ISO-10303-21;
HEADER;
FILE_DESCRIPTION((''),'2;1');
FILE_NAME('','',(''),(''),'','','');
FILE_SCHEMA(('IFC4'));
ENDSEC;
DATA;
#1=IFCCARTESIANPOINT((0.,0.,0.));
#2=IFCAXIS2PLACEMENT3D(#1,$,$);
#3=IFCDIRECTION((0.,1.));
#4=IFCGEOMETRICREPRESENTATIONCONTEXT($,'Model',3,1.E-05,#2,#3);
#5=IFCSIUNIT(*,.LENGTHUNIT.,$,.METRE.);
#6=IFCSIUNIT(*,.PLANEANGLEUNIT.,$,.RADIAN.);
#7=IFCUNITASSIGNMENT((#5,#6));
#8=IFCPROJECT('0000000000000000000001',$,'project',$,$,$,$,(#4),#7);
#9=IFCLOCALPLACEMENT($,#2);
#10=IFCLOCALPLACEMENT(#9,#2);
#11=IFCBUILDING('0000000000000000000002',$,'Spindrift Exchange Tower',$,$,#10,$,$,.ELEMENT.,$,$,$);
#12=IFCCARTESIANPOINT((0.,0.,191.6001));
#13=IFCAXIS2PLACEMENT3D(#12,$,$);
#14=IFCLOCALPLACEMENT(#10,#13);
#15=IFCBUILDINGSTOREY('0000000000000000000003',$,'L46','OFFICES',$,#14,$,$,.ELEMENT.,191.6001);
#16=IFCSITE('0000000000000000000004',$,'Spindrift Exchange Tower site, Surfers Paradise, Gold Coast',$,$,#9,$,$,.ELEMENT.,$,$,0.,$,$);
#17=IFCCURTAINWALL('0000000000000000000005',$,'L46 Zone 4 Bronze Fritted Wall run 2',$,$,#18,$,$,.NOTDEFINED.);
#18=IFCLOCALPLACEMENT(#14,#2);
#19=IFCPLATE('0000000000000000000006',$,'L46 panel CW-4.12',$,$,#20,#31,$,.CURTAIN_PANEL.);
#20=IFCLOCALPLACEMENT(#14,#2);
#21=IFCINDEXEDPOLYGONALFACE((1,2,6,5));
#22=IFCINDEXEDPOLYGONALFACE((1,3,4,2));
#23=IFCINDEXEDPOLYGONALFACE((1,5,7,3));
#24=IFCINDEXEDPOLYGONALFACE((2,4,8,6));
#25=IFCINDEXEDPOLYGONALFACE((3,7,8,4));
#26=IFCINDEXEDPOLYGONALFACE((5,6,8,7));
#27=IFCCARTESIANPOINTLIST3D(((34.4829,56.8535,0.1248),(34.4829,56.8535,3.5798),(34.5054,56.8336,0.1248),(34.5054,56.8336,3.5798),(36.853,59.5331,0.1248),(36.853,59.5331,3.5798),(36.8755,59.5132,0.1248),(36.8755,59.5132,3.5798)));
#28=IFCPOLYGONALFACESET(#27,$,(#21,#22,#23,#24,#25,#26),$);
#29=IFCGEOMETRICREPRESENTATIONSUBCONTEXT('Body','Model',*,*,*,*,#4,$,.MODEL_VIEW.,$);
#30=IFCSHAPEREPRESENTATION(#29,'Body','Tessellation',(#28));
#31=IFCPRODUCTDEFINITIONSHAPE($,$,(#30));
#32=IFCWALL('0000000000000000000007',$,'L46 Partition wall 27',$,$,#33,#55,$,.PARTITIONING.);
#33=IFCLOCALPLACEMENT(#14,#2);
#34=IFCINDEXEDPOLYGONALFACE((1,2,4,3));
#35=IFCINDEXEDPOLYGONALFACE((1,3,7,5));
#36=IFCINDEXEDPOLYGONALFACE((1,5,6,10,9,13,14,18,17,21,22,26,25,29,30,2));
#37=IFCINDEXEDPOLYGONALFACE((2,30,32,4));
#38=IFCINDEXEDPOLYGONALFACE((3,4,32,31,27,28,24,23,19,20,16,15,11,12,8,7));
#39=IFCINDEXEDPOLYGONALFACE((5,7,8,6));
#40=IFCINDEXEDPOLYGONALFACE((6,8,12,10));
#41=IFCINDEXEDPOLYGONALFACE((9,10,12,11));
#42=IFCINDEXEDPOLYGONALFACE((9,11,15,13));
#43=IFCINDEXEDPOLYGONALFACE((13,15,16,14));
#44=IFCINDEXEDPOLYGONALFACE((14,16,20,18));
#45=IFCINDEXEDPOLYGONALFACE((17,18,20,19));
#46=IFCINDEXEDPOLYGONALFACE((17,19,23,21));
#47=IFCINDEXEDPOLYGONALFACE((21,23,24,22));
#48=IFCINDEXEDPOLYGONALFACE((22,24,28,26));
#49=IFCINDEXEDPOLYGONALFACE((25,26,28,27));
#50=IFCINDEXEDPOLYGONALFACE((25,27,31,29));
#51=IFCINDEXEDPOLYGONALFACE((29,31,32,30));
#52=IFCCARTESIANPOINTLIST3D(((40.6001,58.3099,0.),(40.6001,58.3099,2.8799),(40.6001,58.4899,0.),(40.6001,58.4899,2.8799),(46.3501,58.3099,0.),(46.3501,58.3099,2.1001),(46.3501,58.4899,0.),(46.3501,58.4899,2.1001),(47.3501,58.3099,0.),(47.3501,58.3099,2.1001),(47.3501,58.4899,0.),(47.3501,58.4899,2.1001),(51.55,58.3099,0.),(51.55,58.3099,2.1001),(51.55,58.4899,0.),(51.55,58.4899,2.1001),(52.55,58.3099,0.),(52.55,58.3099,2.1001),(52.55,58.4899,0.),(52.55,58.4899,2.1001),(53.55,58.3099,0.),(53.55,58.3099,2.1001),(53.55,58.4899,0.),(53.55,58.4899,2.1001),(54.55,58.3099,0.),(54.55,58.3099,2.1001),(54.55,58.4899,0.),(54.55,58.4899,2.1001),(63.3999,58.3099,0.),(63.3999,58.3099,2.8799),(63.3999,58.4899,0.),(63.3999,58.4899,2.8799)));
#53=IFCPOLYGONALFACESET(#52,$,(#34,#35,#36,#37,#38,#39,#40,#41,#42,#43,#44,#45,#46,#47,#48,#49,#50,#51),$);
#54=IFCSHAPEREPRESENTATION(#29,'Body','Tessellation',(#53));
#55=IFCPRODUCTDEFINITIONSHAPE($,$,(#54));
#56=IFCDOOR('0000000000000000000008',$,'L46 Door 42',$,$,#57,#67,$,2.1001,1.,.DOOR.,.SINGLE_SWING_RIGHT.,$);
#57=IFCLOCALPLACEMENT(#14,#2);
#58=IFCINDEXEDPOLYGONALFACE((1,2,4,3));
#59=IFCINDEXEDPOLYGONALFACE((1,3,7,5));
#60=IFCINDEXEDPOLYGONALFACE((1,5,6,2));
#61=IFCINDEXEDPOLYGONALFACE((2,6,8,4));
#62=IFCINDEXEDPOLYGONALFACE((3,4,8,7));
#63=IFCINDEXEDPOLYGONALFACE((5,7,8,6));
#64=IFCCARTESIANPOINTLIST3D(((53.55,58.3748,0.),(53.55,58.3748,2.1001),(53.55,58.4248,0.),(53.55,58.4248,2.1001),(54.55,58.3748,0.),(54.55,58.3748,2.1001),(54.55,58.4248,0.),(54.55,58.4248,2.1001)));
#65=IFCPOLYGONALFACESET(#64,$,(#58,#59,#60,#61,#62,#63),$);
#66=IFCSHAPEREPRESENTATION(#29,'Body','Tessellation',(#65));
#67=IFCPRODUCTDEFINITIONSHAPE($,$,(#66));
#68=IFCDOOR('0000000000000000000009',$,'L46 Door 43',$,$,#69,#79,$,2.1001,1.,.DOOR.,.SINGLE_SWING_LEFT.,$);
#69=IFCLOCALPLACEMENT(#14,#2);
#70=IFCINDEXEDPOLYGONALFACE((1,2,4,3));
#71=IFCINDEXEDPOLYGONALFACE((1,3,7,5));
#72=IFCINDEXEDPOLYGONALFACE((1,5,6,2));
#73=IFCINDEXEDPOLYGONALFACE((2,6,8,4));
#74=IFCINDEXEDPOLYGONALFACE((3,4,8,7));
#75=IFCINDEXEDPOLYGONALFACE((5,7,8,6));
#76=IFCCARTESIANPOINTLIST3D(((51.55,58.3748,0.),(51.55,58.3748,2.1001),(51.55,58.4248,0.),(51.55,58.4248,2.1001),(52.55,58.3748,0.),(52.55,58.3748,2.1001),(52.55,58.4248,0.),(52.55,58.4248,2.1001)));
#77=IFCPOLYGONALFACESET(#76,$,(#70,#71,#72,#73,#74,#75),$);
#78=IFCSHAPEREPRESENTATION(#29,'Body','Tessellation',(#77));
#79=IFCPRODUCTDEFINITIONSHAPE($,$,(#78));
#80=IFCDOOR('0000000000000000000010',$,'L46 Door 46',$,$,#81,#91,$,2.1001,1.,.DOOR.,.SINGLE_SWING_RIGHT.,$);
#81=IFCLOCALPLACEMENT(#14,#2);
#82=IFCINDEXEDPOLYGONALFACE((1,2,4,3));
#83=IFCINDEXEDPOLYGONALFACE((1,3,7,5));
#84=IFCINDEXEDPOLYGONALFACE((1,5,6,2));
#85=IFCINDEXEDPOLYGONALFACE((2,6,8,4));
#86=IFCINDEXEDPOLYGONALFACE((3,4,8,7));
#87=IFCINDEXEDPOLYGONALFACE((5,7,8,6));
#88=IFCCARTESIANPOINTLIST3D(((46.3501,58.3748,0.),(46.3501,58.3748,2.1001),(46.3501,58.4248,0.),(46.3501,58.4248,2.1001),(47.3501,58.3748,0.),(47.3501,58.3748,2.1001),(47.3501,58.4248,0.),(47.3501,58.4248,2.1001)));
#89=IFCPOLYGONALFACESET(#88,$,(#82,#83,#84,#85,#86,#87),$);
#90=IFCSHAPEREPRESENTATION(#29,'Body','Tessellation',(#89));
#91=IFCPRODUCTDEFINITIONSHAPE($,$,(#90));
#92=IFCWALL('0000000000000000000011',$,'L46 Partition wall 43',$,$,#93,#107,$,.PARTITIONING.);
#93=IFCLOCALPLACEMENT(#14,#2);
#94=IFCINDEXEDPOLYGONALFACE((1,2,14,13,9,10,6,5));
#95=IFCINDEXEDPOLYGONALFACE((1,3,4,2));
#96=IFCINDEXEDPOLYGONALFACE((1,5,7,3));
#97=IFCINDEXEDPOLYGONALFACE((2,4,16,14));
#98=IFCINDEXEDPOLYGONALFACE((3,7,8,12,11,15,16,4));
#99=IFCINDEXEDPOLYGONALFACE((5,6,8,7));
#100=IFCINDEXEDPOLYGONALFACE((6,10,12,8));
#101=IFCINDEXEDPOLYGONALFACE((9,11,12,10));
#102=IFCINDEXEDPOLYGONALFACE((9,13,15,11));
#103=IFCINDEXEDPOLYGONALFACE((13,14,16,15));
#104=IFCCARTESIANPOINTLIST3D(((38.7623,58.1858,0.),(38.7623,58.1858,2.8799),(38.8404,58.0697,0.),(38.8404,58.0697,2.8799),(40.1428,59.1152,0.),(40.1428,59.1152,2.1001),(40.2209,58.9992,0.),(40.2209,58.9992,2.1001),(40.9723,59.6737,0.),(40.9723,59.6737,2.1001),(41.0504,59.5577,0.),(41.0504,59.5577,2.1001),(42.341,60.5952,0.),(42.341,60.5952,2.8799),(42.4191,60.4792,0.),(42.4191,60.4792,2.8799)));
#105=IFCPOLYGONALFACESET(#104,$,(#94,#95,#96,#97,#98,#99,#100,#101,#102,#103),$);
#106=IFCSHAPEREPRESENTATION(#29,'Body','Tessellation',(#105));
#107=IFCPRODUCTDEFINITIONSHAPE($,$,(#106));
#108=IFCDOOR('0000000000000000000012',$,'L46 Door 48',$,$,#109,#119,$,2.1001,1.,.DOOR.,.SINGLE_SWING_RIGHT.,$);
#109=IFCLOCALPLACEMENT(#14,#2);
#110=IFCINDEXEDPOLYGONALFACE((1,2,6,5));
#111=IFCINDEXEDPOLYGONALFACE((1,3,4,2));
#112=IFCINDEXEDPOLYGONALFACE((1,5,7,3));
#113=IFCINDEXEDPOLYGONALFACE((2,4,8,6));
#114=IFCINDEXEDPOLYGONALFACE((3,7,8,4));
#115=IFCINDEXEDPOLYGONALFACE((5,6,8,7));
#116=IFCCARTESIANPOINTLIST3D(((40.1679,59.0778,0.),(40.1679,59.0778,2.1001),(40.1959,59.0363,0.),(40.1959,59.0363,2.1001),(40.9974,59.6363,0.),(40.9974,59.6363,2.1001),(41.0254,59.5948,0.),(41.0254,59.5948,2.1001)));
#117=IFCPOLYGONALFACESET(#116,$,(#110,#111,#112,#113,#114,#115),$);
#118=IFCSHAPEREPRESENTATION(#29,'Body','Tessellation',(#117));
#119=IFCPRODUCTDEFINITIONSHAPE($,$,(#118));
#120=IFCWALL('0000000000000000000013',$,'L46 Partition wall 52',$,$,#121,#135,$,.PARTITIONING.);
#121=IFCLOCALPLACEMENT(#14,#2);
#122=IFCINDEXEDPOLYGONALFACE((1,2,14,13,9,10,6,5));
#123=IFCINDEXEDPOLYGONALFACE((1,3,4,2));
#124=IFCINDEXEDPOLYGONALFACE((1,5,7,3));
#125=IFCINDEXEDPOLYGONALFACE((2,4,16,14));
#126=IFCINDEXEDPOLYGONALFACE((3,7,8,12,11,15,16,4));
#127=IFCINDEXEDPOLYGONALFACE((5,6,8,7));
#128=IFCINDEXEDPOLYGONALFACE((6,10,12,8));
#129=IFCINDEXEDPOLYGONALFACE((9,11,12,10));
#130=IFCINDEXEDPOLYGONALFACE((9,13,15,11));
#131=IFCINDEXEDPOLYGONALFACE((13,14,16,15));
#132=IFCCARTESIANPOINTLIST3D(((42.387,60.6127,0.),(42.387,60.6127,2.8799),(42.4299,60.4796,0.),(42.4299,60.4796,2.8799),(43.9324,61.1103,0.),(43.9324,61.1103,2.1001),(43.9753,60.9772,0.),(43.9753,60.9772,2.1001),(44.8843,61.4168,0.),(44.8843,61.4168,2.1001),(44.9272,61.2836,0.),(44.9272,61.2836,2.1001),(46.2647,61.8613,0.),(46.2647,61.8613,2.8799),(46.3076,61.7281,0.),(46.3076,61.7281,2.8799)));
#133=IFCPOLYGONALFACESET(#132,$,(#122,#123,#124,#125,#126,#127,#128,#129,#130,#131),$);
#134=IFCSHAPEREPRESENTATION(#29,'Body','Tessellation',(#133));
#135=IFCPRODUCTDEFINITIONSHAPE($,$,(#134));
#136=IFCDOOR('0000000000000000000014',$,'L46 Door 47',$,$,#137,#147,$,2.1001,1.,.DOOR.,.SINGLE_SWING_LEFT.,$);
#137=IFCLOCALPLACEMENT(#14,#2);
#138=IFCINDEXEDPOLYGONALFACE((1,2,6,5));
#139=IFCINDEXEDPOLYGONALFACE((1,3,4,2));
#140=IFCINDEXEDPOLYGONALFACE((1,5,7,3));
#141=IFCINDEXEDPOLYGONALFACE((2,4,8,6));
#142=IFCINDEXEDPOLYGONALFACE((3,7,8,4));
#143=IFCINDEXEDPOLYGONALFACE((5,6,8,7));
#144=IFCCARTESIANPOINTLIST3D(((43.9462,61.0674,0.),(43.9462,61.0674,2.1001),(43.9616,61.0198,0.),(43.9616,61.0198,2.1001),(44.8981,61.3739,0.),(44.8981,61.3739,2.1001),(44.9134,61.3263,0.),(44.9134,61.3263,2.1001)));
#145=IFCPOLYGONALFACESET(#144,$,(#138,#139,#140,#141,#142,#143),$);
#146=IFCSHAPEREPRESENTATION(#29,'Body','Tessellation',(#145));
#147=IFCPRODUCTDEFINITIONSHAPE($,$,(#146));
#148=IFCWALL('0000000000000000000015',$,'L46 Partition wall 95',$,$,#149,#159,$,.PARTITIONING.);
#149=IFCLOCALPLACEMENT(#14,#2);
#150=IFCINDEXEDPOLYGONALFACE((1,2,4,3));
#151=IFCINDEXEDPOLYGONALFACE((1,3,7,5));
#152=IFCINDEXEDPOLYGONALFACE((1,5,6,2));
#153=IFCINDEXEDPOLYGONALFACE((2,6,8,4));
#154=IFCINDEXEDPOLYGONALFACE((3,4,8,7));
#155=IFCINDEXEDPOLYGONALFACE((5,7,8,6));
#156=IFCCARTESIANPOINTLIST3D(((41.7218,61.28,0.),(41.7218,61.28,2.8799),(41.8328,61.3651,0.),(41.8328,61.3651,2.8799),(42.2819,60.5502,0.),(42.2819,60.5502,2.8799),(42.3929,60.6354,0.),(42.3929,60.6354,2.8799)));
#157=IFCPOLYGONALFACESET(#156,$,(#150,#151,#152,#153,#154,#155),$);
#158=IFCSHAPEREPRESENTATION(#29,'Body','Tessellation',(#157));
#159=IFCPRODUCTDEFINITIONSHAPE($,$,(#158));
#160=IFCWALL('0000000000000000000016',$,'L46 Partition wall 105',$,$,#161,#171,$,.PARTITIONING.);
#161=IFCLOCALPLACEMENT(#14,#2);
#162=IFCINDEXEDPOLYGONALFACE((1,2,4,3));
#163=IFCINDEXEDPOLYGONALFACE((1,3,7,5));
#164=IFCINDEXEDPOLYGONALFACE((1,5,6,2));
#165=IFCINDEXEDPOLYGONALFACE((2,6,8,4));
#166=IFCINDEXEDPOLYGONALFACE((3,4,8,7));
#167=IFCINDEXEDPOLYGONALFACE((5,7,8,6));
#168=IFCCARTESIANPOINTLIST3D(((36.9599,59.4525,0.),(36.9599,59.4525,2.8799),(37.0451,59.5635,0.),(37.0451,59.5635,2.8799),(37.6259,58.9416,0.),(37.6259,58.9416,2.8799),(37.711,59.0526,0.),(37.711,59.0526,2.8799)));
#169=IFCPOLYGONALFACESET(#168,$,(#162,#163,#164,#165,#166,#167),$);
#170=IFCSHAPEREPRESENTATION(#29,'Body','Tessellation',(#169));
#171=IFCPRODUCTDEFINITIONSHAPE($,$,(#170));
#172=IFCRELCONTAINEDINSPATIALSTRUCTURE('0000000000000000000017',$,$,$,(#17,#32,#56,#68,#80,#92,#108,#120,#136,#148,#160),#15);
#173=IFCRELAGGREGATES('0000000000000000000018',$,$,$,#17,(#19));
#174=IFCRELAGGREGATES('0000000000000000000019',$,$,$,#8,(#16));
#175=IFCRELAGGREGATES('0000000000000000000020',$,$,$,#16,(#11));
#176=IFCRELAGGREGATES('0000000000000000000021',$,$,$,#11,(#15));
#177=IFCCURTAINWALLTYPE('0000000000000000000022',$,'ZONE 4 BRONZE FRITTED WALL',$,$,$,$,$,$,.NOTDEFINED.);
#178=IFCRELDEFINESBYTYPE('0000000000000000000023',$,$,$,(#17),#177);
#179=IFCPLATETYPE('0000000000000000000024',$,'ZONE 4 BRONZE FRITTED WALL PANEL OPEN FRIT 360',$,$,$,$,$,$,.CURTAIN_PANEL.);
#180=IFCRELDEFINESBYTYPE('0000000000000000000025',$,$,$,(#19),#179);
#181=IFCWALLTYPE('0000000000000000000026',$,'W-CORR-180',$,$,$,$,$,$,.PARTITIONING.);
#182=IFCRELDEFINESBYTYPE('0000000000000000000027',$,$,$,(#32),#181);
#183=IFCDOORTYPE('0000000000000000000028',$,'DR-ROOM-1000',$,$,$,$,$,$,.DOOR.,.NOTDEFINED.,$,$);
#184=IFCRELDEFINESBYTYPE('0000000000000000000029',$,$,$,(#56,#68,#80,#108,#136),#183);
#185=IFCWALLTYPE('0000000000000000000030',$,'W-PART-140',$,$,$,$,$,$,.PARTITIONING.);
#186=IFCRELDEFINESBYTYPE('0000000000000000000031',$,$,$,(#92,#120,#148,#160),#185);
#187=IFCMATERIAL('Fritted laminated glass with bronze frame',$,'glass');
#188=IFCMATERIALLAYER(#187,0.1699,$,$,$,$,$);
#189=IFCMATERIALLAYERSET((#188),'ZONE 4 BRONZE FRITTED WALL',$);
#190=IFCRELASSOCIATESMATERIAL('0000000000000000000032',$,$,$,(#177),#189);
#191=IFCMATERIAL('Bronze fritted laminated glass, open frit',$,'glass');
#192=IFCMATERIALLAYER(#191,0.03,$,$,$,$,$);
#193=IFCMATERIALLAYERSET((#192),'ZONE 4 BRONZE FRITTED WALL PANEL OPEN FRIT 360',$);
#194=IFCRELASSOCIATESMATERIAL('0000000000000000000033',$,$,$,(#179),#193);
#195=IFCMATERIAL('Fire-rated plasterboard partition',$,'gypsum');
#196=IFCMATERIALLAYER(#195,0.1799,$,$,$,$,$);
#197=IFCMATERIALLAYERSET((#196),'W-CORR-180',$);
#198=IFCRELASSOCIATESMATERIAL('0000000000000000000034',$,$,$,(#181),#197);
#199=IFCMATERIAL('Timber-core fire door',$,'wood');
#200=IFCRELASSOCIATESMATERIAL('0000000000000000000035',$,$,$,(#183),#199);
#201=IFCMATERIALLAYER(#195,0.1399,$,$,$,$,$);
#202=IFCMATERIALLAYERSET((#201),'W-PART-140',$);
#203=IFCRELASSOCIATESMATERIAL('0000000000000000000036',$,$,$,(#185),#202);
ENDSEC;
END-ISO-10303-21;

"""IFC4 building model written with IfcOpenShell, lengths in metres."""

from ifc_helpers import new_model, si_unit, direction, frame, frame_2d, origin, origin_2d, place, context, subcontext, project, spatial, rectangle, extrude, source, transform, mapped, material, layer, layer_set, type_object, element, fill, aggregate, save


model = new_model("IFC4")

# Units and contexts
model_context = context("Model", 3, precision=1e-05, world=origin(), true_north=direction((0.0, 1.0)))
body_context = subcontext(model_context, "Body", "Model", "MODEL_VIEW")
ifc_project = project(units=[si_unit("LENGTHUNIT", "METRE"), si_unit("PLANEANGLEUNIT", "RADIAN")], contexts=[model_context])

# Site, building, storey
site_placement = place(None, origin())
site = spatial("IfcSite", under=ifc_project, at=site_placement, Name="Spindrift Exchange Tower site, Surfers Paradise, Gold Coast", CompositionType="ELEMENT", RefElevation=0.0)
building_placement = place(site_placement, origin())
building = spatial("IfcBuilding", under=site, at=building_placement, Name="Spindrift Exchange Tower", CompositionType="ELEMENT")
storey_placement = place(building_placement, frame((0.0, 0.0, 191.6001)))
storey = spatial("IfcBuildingStorey", under=building, at=storey_placement, Name="L46", Description="OFFICES", CompositionType="ELEMENT", Elevation=191.6001)

# Curtain wall
ifc_material_1 = material(Name="Fritted laminated glass with bronze frame", Category="glass")
ifc_layer_1 = layer(ifc_material_1, 0.1699)
ifc_layer_set_1 = layer_set([ifc_layer_1], Name="ZONE 4 BRONZE FRITTED WALL")
curtain_wall_type = type_object("IfcCurtainWallType", Name="ZONE 4 BRONZE FRITTED WALL", PredefinedType="NOTDEFINED", material=ifc_layer_set_1)
curtain_wall_1_placement = place(storey_placement, origin())
curtain_wall_1 = element("IfcCurtainWall", 1, at=curtain_wall_1_placement, inside=storey, type_object=curtain_wall_type, Name="L46 Zone 4 Bronze Fritted Wall run 2", PredefinedType="NOTDEFINED")

# Plate
ifc_material_2 = material(Name="Bronze fritted laminated glass, open frit", Category="glass")
ifc_layer_2 = layer(ifc_material_2, 0.03)
ifc_layer_set_2 = layer_set([ifc_layer_2], Name="ZONE 4 BRONZE FRITTED WALL PANEL OPEN FRIT 360")
plate_type_1 = type_object("IfcPlateType", Name="ZONE 4 BRONZE FRITTED WALL PANEL OPEN FRIT 360", PredefinedType="CURTAIN_PANEL", material=ifc_layer_set_2)
shared_shape_1 = source(origin(), body_context, "Body", "SweptSolid", [
    extrude(rectangle(XDim=3.5774, YDim=0.03, at=origin_2d()), origin(), (0.0, 0.0, 1.0), 3.4551),
])
plate_1_placement = place(storey_placement, frame((35.6792, 58.1833, 0.1248), z_axis=(0.0, 0.0, 1.0), x_axis=(-0.662544, -0.749023, 0.0)))
plate_1 = element("IfcPlate", 2, at=plate_1_placement, type_object=plate_type_1, Name="L46 panel CW-4.12", PredefinedType="CURTAIN_PANEL", context=body_context, shape_type="MappedRepresentation", body=[
    mapped(shared_shape_1, transform((0.0, 0.0, 0.0), scale=1.0)),
])
aggregate(curtain_wall_1, [plate_1])

# Wall, openings, doors
ifc_material_3 = material(Name="Fire-rated plasterboard partition", Category="gypsum")
ifc_layer_3 = layer(ifc_material_3, 0.1799)
ifc_layer_set_3 = layer_set([ifc_layer_3], Name="W-CORR-180")
wall_type_1 = type_object("IfcWallType", Name="W-CORR-180", PredefinedType="PARTITIONING", material=ifc_layer_set_3)
wall_1_placement = place(storey_placement, frame((40.6001, 58.3999, 0.0), z_axis=(0.0, 0.0, 1.0), x_axis=(1.0, 0.0, 0.0)))
wall_1 = element("IfcWall", 3, at=wall_1_placement, inside=storey, type_object=wall_type_1, Name="L46 Partition wall 27", PredefinedType="PARTITIONING", context=body_context, shape_type="SweptSolid", body=[
    extrude(rectangle(XDim=22.7998, YDim=0.1799, at=frame_2d((11.3999, 0.0))), origin(), (0.0, 0.0, 1.0), 2.8799),
])
opening_1_placement = place(wall_1_placement, frame((12.95, 0.0, 0.0)))
opening_1 = element("IfcOpeningElement", 4, at=opening_1_placement, cuts=wall_1, PredefinedType="OPENING", context=body_context, shape_type="SweptSolid", body=[
    extrude(rectangle(XDim=1.0, YDim=2.1001, at=frame_2d((0.5, 1.05))), frame((0.0, 0.0999, 0.0), z_axis=(0.0, -1.0, 0.0), x_axis=(1.0, 0.0, 0.0)), (0.0, 0.0, 1.0), 0.2),
])
opening_2_placement = place(wall_1_placement, frame((10.95, 0.0, 0.0)))
opening_2 = element("IfcOpeningElement", 5, at=opening_2_placement, cuts=wall_1, PredefinedType="OPENING", context=body_context, shape_type="SweptSolid", body=[
    extrude(rectangle(XDim=1.0, YDim=2.1001, at=frame_2d((0.5, 1.05))), frame((0.0, 0.0999, 0.0), z_axis=(0.0, -1.0, 0.0), x_axis=(1.0, 0.0, 0.0)), (0.0, 0.0, 1.0), 0.2),
])
opening_3_placement = place(wall_1_placement, frame((5.75, 0.0, 0.0)))
opening_3 = element("IfcOpeningElement", 6, at=opening_3_placement, cuts=wall_1, PredefinedType="OPENING", context=body_context, shape_type="SweptSolid", body=[
    extrude(rectangle(XDim=1.0, YDim=2.1001, at=frame_2d((0.5, 1.05))), frame((0.0, 0.0999, 0.0), z_axis=(0.0, -1.0, 0.0), x_axis=(1.0, 0.0, 0.0)), (0.0, 0.0, 1.0), 0.2),
])
ifc_material_4 = material(Name="Timber-core fire door", Category="wood")
door_type = type_object("IfcDoorType", Name="DR-ROOM-1000", OperationType="NOTDEFINED", PredefinedType="DOOR", material=ifc_material_4)
shared_shape_2 = source(origin(), body_context, "Body", "SweptSolid", [
    extrude(rectangle(XDim=1.0, YDim=2.1001, at=frame_2d((0.5, 1.05))), frame((0.0, 0.0249, 0.0), z_axis=(0.0, -1.0, 0.0), x_axis=(1.0, 0.0, 0.0)), (0.0, 0.0, 1.0), 0.05),
])
door_1_placement = place(opening_1_placement, origin())
door_1 = element("IfcDoor", 7, at=door_1_placement, inside=storey, type_object=door_type, Name="L46 Door 42", OperationType="SINGLE_SWING_RIGHT", OverallHeight=2.1001, OverallWidth=1.0, PredefinedType="DOOR", context=body_context, shape_type="MappedRepresentation", body=[
    mapped(shared_shape_2, transform((0.0, 0.0, 0.0), scale=1.0)),
])
fill(opening_1, door_1)
door_2_placement = place(opening_2_placement, origin())
door_2 = element("IfcDoor", 8, at=door_2_placement, inside=storey, type_object=door_type, Name="L46 Door 43", OperationType="SINGLE_SWING_LEFT", OverallHeight=2.1001, OverallWidth=1.0, PredefinedType="DOOR", context=body_context, shape_type="MappedRepresentation", body=[
    mapped(shared_shape_2, transform((0.0, 0.0, 0.0), scale=1.0)),
])
fill(opening_2, door_2)
door_3_placement = place(opening_3_placement, origin())
door_3 = element("IfcDoor", 9, at=door_3_placement, inside=storey, type_object=door_type, Name="L46 Door 46", OperationType="SINGLE_SWING_RIGHT", OverallHeight=2.1001, OverallWidth=1.0, PredefinedType="DOOR", context=body_context, shape_type="MappedRepresentation", body=[
    mapped(shared_shape_2, transform((0.0, 0.0, 0.0), scale=1.0)),
])
fill(opening_3, door_3)

# Walls, openings, doors
ifc_layer_4 = layer(ifc_material_3, 0.1399)
ifc_layer_set_4 = layer_set([ifc_layer_4], Name="W-PART-140")
wall_type_2 = type_object("IfcWallType", Name="W-PART-140", PredefinedType="PARTITIONING", material=ifc_layer_set_4)
wall_2_placement = place(storey_placement, frame((38.8013, 58.1277, 0.0), z_axis=(0.0, 0.0, 1.0), x_axis=(0.829508, 0.558495, 0.0)))
wall_2 = element("IfcWall", 10, at=wall_2_placement, inside=storey, type_object=wall_type_2, Name="L46 Partition wall 43", PredefinedType="PARTITIONING", context=body_context, shape_type="SweptSolid", body=[
    extrude(rectangle(XDim=4.3142, YDim=0.1399, at=frame_2d((2.1572, 0.0))), origin(), (0.0, 0.0, 1.0), 2.8799),
])
opening_4_placement = place(wall_2_placement, frame((1.6643, 0.0, 0.0)))
opening_4 = element("IfcOpeningElement", 11, at=opening_4_placement, cuts=wall_2, PredefinedType="OPENING", context=body_context, shape_type="SweptSolid", body=[
    extrude(rectangle(XDim=1.0, YDim=2.1001, at=frame_2d((0.5, 1.05))), frame((0.0, 0.0798, 0.0), z_axis=(0.0, -1.0, 0.0), x_axis=(1.0, 0.0, 0.0)), (0.0, 0.0, 1.0), 0.1599),
])
door_4_placement = place(opening_4_placement, origin())
door_4 = element("IfcDoor", 12, at=door_4_placement, inside=storey, type_object=door_type, Name="L46 Door 48", OperationType="SINGLE_SWING_RIGHT", OverallHeight=2.1001, OverallWidth=1.0, PredefinedType="DOOR", context=body_context, shape_type="MappedRepresentation", body=[
    mapped(shared_shape_2, transform((0.0, 0.0, 0.0), scale=1.0)),
])
fill(opening_4, door_4)
wall_3_placement = place(storey_placement, frame((42.4084, 60.5461, 0.0), z_axis=(0.0, 0.0, 1.0), x_axis=(0.951876, 0.306484, 0.0)))
wall_3 = element("IfcWall", 13, at=wall_3_placement, inside=storey, type_object=wall_type_2, Name="L46 Partition wall 52", PredefinedType="PARTITIONING", context=body_context, shape_type="SweptSolid", body=[
    extrude(rectangle(XDim=4.0737, YDim=0.1399, at=frame_2d((2.0369, 0.0))), origin(), (0.0, 0.0, 1.0), 2.8799),
])
opening_5_placement = place(wall_3_placement, frame((1.6235, 0.0, 0.0)))
opening_5 = element("IfcOpeningElement", 14, at=opening_5_placement, cuts=wall_3, PredefinedType="OPENING", context=body_context, shape_type="SweptSolid", body=[
    extrude(rectangle(XDim=1.0, YDim=2.1001, at=frame_2d((0.5, 1.05))), frame((0.0, 0.0798, 0.0), z_axis=(0.0, -1.0, 0.0), x_axis=(1.0, 0.0, 0.0)), (0.0, 0.0, 1.0), 0.1599),
])
door_5_placement = place(opening_5_placement, origin())
door_5 = element("IfcDoor", 15, at=door_5_placement, inside=storey, type_object=door_type, Name="L46 Door 47", OperationType="SINGLE_SWING_LEFT", OverallHeight=2.1001, OverallWidth=1.0, PredefinedType="DOOR", context=body_context, shape_type="MappedRepresentation", body=[
    mapped(shared_shape_2, transform((0.0, 0.0, 0.0), scale=1.0)),
])
fill(opening_5, door_5)

# Walls
wall_4_placement = place(storey_placement, frame((42.3374, 60.5928, 0.0), z_axis=(0.0, 0.0, 1.0), x_axis=(-0.608838, 0.793294, 0.0)))
element("IfcWall", 16, at=wall_4_placement, inside=storey, type_object=wall_type_2, Name="L46 Partition wall 95", PredefinedType="PARTITIONING", context=body_context, shape_type="SweptSolid", body=[
    extrude(rectangle(XDim=0.9199, YDim=0.1399, at=frame_2d((0.46, 0.0))), origin(), (0.0, 0.0, 1.0), 2.8799),
])
wall_5_placement = place(storey_placement, frame((37.6685, 58.9971, 0.0), z_axis=(0.0, 0.0, 1.0), x_axis=(-0.793391, 0.608712, 0.0)))
element("IfcWall", 17, at=wall_5_placement, inside=storey, type_object=wall_type_2, Name="L46 Partition wall 105", PredefinedType="PARTITIONING", context=body_context, shape_type="SweptSolid", body=[
    extrude(rectangle(XDim=0.8394, YDim=0.1399, at=frame_2d((0.4197, 0.0))), origin(), (0.0, 0.0, 1.0), 2.8799),
])

save(model, "model.ifc")
